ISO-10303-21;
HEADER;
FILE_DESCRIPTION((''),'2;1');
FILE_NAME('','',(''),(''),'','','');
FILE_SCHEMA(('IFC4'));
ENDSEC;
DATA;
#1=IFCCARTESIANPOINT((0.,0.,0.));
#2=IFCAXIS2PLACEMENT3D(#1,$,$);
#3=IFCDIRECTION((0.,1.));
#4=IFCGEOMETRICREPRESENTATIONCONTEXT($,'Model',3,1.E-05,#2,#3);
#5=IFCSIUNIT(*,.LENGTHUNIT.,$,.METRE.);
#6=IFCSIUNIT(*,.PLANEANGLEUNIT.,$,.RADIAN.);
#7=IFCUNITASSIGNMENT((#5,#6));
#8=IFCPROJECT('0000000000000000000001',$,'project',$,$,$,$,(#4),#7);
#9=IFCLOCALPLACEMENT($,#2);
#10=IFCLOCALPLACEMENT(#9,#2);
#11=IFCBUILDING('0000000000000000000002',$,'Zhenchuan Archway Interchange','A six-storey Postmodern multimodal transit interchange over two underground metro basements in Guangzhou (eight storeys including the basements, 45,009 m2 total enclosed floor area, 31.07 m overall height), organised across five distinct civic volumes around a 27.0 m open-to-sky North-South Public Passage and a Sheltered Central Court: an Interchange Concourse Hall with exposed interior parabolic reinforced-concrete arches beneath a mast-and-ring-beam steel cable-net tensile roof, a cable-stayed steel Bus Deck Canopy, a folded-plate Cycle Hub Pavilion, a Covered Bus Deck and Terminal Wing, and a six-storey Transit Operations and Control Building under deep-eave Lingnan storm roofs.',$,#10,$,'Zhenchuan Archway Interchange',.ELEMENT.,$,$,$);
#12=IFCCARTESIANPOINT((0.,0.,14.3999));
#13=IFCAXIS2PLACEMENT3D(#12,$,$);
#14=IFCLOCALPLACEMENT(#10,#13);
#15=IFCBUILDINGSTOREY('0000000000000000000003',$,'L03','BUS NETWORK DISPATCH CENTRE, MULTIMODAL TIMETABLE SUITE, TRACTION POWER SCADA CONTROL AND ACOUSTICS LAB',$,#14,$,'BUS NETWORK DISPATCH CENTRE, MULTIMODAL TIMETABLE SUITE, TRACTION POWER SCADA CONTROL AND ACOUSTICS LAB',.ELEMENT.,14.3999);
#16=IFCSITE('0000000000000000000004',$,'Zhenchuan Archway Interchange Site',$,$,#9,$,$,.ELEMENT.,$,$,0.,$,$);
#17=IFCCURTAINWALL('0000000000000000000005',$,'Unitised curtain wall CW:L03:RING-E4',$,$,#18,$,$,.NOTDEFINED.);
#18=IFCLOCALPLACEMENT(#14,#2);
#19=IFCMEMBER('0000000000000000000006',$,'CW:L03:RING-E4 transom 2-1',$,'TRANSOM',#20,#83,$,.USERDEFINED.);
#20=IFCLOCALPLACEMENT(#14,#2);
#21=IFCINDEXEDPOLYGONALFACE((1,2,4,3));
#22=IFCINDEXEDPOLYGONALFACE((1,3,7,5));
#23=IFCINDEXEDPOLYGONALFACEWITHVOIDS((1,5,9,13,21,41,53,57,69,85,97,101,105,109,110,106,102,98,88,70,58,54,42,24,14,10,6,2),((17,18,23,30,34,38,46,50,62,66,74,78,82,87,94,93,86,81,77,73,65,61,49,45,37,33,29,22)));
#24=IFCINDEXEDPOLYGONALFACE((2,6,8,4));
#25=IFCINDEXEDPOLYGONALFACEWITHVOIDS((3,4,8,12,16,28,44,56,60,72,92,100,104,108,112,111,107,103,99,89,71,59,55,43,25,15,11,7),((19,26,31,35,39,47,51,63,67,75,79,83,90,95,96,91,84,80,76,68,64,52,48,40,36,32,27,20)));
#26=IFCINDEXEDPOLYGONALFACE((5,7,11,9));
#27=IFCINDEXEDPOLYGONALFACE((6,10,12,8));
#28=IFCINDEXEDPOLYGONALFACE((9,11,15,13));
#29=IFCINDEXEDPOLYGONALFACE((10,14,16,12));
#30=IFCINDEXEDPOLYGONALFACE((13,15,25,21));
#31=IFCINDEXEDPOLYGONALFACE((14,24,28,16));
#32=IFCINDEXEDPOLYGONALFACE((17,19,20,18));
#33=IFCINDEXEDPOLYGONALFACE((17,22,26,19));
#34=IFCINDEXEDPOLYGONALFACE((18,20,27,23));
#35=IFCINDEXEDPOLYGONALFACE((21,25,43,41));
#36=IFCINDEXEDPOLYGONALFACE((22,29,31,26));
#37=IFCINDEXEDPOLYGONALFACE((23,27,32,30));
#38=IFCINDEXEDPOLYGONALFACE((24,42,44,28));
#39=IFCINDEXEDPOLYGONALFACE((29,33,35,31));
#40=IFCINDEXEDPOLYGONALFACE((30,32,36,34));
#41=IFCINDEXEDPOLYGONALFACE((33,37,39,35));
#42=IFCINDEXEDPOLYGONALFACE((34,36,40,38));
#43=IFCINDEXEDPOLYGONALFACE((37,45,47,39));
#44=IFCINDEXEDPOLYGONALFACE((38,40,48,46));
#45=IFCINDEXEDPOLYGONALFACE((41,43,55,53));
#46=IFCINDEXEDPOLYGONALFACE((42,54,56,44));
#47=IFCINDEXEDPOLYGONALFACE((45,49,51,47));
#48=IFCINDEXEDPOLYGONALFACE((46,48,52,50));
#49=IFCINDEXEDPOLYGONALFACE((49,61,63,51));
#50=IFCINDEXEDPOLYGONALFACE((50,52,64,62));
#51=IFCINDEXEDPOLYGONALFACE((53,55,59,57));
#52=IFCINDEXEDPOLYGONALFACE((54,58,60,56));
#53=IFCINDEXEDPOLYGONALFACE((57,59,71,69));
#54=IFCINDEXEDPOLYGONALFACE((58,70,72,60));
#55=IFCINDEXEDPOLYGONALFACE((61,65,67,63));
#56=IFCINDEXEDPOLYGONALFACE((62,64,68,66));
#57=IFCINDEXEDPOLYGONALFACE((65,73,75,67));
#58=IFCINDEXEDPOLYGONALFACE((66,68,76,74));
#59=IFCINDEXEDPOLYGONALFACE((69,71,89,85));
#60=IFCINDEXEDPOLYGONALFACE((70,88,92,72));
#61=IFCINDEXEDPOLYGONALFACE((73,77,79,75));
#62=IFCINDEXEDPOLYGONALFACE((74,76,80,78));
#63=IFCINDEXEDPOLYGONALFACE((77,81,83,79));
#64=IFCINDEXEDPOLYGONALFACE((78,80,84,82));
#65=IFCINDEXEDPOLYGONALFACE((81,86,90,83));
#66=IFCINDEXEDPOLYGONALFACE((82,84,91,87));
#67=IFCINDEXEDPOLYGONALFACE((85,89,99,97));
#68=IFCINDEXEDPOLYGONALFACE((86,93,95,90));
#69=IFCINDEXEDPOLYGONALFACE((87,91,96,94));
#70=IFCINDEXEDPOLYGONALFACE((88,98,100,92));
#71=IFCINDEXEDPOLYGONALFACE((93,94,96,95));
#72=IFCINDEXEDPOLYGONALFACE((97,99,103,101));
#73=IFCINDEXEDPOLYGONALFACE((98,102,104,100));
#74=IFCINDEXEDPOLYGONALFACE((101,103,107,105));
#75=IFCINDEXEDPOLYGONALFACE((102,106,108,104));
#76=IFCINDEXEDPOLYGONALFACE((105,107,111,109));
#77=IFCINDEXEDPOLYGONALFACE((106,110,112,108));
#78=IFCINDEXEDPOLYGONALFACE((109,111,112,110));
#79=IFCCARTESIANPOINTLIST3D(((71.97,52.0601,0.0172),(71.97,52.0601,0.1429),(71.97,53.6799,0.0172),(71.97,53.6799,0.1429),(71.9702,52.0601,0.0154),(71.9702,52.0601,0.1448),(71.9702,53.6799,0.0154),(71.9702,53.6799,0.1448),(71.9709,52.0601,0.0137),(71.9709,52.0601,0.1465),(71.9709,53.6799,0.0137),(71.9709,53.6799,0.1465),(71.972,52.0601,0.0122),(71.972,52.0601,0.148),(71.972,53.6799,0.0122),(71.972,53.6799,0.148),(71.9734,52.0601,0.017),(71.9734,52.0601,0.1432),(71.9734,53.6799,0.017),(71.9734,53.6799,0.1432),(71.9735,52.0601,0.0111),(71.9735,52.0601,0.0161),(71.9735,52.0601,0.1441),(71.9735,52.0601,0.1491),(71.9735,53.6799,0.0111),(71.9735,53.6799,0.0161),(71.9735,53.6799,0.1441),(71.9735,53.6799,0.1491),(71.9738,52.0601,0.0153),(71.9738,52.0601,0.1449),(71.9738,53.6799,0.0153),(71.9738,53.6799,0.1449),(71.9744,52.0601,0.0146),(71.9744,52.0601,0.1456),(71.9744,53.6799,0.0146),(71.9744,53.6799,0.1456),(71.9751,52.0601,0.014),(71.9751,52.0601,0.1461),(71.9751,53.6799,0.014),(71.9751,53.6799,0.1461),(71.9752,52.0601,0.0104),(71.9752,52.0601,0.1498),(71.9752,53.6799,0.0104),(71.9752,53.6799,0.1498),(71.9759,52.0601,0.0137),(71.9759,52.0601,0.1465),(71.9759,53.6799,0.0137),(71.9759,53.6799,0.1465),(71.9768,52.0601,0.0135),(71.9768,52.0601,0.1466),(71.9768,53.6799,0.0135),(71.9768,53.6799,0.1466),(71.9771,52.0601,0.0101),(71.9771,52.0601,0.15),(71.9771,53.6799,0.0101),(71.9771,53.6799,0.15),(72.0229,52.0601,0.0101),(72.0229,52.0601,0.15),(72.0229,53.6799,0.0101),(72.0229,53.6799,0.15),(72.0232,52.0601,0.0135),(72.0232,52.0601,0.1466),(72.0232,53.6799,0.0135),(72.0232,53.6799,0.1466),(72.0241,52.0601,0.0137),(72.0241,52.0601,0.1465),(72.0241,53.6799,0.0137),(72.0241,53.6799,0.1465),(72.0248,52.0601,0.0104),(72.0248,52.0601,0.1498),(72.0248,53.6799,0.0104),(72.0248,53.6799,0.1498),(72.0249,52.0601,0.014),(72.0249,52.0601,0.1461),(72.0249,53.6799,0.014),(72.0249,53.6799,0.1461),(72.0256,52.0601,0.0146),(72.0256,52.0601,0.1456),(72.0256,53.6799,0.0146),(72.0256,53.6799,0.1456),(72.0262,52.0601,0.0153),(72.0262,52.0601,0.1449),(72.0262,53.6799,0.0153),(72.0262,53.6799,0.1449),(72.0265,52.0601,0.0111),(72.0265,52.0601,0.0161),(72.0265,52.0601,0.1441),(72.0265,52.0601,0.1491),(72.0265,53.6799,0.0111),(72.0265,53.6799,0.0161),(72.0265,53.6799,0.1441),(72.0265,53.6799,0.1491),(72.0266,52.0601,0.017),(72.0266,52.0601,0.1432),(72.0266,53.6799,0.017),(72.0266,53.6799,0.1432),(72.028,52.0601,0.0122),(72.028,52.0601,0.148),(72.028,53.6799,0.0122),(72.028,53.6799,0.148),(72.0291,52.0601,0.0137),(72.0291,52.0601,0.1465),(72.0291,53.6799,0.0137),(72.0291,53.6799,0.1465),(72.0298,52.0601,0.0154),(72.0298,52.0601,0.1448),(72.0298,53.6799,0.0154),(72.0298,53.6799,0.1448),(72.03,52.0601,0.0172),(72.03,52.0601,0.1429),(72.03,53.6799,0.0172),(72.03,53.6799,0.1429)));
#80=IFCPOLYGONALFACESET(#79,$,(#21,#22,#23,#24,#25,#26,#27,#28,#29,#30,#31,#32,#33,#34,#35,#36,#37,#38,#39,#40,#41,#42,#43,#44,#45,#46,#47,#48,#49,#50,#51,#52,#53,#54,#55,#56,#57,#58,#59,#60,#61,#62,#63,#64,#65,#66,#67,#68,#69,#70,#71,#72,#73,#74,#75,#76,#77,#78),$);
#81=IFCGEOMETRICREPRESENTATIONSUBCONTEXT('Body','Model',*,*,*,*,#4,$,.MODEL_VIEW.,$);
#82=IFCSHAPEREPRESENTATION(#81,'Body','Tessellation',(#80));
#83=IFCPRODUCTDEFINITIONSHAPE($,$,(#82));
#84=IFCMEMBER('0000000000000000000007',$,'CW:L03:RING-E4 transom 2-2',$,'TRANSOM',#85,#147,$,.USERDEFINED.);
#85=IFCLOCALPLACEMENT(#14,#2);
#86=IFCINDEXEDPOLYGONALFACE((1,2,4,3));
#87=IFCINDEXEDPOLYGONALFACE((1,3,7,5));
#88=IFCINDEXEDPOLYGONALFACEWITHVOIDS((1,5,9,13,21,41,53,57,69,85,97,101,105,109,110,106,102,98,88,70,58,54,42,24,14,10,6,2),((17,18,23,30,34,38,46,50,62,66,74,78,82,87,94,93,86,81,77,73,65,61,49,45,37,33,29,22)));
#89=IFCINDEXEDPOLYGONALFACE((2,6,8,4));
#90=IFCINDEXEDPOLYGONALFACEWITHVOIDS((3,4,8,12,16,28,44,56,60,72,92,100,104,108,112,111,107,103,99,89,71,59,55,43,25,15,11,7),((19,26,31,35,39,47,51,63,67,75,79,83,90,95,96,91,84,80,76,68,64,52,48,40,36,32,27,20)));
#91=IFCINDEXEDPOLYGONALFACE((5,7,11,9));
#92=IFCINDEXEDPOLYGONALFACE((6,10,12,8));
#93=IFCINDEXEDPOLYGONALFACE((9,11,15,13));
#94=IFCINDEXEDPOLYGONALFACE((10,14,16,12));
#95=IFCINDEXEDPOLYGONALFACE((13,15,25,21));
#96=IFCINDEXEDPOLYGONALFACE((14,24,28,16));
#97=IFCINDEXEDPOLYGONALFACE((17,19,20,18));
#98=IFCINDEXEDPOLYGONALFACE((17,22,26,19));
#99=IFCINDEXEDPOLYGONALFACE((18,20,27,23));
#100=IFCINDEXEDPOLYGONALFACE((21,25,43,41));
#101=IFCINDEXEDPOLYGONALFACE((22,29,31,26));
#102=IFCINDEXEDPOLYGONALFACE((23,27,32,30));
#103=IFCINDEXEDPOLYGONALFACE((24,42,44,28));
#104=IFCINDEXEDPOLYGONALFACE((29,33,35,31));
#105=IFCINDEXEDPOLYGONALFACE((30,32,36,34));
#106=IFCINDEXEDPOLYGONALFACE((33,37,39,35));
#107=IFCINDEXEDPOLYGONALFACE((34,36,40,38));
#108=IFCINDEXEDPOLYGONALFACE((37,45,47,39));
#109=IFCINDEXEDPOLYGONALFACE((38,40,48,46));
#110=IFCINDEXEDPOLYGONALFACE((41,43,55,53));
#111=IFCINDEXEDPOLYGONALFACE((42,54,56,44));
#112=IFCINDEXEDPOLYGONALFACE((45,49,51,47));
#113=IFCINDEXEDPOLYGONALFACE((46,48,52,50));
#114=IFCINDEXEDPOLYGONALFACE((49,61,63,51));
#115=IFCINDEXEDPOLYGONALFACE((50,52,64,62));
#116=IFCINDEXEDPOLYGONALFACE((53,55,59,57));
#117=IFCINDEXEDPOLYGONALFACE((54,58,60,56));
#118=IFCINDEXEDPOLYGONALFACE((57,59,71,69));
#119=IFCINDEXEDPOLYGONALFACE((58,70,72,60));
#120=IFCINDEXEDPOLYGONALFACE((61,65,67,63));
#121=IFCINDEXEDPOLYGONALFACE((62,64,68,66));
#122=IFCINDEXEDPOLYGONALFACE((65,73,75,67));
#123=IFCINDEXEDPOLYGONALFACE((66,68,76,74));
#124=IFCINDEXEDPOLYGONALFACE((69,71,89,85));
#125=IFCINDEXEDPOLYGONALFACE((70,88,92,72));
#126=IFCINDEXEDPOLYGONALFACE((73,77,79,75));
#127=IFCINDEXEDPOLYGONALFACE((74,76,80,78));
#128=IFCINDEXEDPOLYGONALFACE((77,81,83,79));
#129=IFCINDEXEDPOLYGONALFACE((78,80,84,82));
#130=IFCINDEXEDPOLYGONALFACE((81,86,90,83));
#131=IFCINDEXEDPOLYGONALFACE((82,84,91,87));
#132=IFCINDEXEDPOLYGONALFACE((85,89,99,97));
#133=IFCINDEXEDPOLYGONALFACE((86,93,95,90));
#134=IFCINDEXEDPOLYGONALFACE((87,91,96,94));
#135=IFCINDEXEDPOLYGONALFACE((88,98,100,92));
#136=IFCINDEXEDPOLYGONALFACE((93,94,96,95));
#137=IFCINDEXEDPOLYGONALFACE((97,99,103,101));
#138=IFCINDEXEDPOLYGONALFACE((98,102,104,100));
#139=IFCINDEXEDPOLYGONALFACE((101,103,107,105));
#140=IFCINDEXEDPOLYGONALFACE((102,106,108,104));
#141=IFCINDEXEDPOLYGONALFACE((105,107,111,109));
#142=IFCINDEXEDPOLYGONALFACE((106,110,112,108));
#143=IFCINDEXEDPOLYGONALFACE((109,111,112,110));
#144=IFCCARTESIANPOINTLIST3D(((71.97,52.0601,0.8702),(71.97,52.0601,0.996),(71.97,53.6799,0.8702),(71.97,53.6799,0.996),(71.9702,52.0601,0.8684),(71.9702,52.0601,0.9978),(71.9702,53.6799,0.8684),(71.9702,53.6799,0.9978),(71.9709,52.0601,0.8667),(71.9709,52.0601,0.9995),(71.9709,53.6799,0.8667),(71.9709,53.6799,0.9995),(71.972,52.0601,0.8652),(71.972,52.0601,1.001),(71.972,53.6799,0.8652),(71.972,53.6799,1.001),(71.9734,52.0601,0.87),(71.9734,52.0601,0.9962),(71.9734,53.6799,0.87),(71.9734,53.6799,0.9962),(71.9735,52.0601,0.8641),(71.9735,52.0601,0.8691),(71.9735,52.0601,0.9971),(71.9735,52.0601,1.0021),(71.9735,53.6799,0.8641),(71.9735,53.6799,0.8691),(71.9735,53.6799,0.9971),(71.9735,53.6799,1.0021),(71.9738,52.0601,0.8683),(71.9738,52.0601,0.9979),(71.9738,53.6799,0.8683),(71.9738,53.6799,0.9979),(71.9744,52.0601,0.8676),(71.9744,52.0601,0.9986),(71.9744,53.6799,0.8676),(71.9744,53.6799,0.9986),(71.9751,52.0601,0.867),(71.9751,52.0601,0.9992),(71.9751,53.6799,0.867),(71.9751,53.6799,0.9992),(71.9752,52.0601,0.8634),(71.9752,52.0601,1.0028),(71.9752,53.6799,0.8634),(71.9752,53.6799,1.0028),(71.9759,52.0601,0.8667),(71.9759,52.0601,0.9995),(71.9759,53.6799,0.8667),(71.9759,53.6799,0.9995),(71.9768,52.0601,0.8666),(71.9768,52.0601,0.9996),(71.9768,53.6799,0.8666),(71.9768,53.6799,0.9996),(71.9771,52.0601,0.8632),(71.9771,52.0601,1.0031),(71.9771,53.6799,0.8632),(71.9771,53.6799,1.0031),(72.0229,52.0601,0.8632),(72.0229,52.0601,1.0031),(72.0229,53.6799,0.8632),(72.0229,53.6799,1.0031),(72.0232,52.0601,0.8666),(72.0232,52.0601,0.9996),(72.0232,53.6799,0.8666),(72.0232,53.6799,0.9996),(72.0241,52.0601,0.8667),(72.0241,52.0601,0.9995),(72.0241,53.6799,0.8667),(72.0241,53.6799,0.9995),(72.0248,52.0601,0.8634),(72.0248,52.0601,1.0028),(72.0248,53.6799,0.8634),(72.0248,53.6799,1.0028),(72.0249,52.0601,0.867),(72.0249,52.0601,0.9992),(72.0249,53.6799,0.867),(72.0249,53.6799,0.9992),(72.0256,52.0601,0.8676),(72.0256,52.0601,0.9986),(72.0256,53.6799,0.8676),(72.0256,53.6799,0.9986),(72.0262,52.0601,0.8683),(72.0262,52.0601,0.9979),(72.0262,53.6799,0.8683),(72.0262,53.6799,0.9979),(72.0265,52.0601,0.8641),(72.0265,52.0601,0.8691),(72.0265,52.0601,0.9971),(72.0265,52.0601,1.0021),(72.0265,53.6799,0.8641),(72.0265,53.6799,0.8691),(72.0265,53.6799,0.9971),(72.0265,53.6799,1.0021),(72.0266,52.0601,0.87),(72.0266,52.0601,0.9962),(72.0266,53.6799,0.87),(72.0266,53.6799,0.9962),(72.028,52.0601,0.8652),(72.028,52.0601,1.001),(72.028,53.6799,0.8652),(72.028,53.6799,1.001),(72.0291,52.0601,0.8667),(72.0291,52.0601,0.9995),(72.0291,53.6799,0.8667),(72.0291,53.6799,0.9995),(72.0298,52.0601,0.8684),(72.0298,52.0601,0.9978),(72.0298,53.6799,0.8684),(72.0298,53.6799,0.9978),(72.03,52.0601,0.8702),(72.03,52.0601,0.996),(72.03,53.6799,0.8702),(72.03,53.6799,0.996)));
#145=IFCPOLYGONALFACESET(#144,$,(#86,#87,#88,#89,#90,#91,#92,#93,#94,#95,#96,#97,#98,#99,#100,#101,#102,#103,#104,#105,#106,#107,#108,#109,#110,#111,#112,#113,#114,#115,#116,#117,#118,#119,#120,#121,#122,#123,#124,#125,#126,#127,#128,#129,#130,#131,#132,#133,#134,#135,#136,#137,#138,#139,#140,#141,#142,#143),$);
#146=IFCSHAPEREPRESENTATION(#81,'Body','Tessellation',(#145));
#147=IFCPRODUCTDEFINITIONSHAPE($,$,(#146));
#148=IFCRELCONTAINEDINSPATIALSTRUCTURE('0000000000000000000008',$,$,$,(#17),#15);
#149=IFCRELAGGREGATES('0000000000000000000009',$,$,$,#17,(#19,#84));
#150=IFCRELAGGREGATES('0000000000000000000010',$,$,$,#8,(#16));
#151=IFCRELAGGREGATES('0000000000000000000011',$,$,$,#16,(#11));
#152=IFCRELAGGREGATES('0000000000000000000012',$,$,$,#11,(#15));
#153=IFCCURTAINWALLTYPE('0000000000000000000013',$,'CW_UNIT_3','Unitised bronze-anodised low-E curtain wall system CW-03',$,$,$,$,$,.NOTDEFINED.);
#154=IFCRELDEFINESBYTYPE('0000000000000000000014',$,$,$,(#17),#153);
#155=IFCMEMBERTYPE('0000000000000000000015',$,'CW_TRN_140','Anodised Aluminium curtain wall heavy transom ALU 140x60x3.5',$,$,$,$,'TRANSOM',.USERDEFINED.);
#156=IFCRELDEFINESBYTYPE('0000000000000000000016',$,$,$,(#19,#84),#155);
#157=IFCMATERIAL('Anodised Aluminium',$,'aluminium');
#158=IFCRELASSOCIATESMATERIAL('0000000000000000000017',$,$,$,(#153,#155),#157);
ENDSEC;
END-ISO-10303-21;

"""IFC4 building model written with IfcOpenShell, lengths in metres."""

from ifc_helpers import new_model, si_unit, direction, frame, origin, origin_2d, place, context, subcontext, project, spatial, hollow_rectangle, extrude, material, material_profile, profile_set, type_object, element, aggregate, save


model = new_model("IFC4")

# Units and contexts
model_context = context("Model", 3, precision=1e-05, world=origin(), true_north=direction((0.0, 1.0)))
body_context = subcontext(model_context, "Body", "Model", "MODEL_VIEW")
ifc_project = project(units=[si_unit("LENGTHUNIT", "METRE"), si_unit("PLANEANGLEUNIT", "RADIAN")], contexts=[model_context])

# Site, building, storey
site_placement = place(None, origin())
site = spatial("IfcSite", under=ifc_project, at=site_placement, Name="Zhenchuan Archway Interchange Site", CompositionType="ELEMENT", RefElevation=0.0)
building_placement = place(site_placement, origin())
building = spatial("IfcBuilding", under=site, at=building_placement, Name="Zhenchuan Archway Interchange", Description="A six-storey Postmodern multimodal transit interchange over two underground metro basements in Guangzhou (eight storeys including the basements, 45,009 m2 total enclosed floor area, 31.07 m overall height), organised across five distinct civic volumes around a 27.0 m open-to-sky North-South Public Passage and a Sheltered Central Court: an Interchange Concourse Hall with exposed interior parabolic reinforced-concrete arches beneath a mast-and-ring-beam steel cable-net tensile roof, a cable-stayed steel Bus Deck Canopy, a folded-plate Cycle Hub Pavilion, a Covered Bus Deck and Terminal Wing, and a six-storey Transit Operations and Control Building under deep-eave Lingnan storm roofs.", LongName="Zhenchuan Archway Interchange", CompositionType="ELEMENT")
storey_placement = place(building_placement, frame((0.0, 0.0, 14.3999)))
storey = spatial("IfcBuildingStorey", under=building, at=storey_placement, Name="L03", Description="BUS NETWORK DISPATCH CENTRE, MULTIMODAL TIMETABLE SUITE, TRACTION POWER SCADA CONTROL AND ACOUSTICS LAB", LongName="BUS NETWORK DISPATCH CENTRE, MULTIMODAL TIMETABLE SUITE, TRACTION POWER SCADA CONTROL AND ACOUSTICS LAB", CompositionType="ELEMENT", Elevation=14.3999)

# Shared definitions
ifc_material_1 = material(Name="Anodised Aluminium", Category="aluminium")
curtain_wall_type = type_object("IfcCurtainWallType", Name="CW_UNIT_3", Description="Unitised bronze-anodised low-E curtain wall system CW-03", PredefinedType="NOTDEFINED", material=ifc_material_1)

# Curtain wall
curtain_wall_1_placement = place(storey_placement, origin())
curtain_wall_1 = element("IfcCurtainWall", 1, at=curtain_wall_1_placement, inside=storey, type_object=curtain_wall_type, Name="Unitised curtain wall CW:L03:RING-E4", PredefinedType="NOTDEFINED")

# Members
ifc_material_profile_1 = material_profile(ifc_material_1, hollow_rectangle(XDim=0.0601, YDim=0.1399, WallThickness=0.0034, InnerFilletRadius=0.0034, OuterFilletRadius=0.0071, at=origin_2d()), Name="ALU 140x60x3.5")
ifc_profile_set_1 = profile_set([ifc_material_profile_1], Name="Anodised Aluminium")
member_type_1 = type_object("IfcMemberType", Name="CW_TRN_140", Description="Anodised Aluminium curtain wall heavy transom ALU 140x60x3.5", ElementType="TRANSOM", PredefinedType="USERDEFINED", material=ifc_profile_set_1)
member_1_placement = place(storey_placement, frame((72.0, 52.0601, 0.0801), z_axis=(0.0, 1.0, 0.0), x_axis=(-1.0, 0.0, 0.0)))
member_1 = element("IfcMember", 2, at=member_1_placement, type_object=member_type_1, Name="CW:L03:RING-E4 transom 2-1", ObjectType="TRANSOM", PredefinedType="USERDEFINED", context=body_context, shape_type="SweptSolid", body=[
    extrude(hollow_rectangle(XDim=0.0601, YDim=0.1399, WallThickness=0.0034, InnerFilletRadius=0.0034, OuterFilletRadius=0.0071, at=origin_2d()), origin(), (0.0, 0.0, 1.0), 1.6199),
])
member_2_placement = place(storey_placement, frame((72.0, 52.0601, 0.9331), z_axis=(0.0, 1.0, 0.0), x_axis=(-1.0, 0.0, 0.0)))
member_2 = element("IfcMember", 3, at=member_2_placement, type_object=member_type_1, Name="CW:L03:RING-E4 transom 2-2", ObjectType="TRANSOM", PredefinedType="USERDEFINED", context=body_context, shape_type="SweptSolid", body=[
    extrude(hollow_rectangle(XDim=0.0601, YDim=0.1399, WallThickness=0.0034, InnerFilletRadius=0.0034, OuterFilletRadius=0.0071, at=origin_2d()), origin(), (0.0, 0.0, 1.0), 1.6199),
])

aggregate(curtain_wall_1, [member_1, member_2])

save(model, "model.ifc")
